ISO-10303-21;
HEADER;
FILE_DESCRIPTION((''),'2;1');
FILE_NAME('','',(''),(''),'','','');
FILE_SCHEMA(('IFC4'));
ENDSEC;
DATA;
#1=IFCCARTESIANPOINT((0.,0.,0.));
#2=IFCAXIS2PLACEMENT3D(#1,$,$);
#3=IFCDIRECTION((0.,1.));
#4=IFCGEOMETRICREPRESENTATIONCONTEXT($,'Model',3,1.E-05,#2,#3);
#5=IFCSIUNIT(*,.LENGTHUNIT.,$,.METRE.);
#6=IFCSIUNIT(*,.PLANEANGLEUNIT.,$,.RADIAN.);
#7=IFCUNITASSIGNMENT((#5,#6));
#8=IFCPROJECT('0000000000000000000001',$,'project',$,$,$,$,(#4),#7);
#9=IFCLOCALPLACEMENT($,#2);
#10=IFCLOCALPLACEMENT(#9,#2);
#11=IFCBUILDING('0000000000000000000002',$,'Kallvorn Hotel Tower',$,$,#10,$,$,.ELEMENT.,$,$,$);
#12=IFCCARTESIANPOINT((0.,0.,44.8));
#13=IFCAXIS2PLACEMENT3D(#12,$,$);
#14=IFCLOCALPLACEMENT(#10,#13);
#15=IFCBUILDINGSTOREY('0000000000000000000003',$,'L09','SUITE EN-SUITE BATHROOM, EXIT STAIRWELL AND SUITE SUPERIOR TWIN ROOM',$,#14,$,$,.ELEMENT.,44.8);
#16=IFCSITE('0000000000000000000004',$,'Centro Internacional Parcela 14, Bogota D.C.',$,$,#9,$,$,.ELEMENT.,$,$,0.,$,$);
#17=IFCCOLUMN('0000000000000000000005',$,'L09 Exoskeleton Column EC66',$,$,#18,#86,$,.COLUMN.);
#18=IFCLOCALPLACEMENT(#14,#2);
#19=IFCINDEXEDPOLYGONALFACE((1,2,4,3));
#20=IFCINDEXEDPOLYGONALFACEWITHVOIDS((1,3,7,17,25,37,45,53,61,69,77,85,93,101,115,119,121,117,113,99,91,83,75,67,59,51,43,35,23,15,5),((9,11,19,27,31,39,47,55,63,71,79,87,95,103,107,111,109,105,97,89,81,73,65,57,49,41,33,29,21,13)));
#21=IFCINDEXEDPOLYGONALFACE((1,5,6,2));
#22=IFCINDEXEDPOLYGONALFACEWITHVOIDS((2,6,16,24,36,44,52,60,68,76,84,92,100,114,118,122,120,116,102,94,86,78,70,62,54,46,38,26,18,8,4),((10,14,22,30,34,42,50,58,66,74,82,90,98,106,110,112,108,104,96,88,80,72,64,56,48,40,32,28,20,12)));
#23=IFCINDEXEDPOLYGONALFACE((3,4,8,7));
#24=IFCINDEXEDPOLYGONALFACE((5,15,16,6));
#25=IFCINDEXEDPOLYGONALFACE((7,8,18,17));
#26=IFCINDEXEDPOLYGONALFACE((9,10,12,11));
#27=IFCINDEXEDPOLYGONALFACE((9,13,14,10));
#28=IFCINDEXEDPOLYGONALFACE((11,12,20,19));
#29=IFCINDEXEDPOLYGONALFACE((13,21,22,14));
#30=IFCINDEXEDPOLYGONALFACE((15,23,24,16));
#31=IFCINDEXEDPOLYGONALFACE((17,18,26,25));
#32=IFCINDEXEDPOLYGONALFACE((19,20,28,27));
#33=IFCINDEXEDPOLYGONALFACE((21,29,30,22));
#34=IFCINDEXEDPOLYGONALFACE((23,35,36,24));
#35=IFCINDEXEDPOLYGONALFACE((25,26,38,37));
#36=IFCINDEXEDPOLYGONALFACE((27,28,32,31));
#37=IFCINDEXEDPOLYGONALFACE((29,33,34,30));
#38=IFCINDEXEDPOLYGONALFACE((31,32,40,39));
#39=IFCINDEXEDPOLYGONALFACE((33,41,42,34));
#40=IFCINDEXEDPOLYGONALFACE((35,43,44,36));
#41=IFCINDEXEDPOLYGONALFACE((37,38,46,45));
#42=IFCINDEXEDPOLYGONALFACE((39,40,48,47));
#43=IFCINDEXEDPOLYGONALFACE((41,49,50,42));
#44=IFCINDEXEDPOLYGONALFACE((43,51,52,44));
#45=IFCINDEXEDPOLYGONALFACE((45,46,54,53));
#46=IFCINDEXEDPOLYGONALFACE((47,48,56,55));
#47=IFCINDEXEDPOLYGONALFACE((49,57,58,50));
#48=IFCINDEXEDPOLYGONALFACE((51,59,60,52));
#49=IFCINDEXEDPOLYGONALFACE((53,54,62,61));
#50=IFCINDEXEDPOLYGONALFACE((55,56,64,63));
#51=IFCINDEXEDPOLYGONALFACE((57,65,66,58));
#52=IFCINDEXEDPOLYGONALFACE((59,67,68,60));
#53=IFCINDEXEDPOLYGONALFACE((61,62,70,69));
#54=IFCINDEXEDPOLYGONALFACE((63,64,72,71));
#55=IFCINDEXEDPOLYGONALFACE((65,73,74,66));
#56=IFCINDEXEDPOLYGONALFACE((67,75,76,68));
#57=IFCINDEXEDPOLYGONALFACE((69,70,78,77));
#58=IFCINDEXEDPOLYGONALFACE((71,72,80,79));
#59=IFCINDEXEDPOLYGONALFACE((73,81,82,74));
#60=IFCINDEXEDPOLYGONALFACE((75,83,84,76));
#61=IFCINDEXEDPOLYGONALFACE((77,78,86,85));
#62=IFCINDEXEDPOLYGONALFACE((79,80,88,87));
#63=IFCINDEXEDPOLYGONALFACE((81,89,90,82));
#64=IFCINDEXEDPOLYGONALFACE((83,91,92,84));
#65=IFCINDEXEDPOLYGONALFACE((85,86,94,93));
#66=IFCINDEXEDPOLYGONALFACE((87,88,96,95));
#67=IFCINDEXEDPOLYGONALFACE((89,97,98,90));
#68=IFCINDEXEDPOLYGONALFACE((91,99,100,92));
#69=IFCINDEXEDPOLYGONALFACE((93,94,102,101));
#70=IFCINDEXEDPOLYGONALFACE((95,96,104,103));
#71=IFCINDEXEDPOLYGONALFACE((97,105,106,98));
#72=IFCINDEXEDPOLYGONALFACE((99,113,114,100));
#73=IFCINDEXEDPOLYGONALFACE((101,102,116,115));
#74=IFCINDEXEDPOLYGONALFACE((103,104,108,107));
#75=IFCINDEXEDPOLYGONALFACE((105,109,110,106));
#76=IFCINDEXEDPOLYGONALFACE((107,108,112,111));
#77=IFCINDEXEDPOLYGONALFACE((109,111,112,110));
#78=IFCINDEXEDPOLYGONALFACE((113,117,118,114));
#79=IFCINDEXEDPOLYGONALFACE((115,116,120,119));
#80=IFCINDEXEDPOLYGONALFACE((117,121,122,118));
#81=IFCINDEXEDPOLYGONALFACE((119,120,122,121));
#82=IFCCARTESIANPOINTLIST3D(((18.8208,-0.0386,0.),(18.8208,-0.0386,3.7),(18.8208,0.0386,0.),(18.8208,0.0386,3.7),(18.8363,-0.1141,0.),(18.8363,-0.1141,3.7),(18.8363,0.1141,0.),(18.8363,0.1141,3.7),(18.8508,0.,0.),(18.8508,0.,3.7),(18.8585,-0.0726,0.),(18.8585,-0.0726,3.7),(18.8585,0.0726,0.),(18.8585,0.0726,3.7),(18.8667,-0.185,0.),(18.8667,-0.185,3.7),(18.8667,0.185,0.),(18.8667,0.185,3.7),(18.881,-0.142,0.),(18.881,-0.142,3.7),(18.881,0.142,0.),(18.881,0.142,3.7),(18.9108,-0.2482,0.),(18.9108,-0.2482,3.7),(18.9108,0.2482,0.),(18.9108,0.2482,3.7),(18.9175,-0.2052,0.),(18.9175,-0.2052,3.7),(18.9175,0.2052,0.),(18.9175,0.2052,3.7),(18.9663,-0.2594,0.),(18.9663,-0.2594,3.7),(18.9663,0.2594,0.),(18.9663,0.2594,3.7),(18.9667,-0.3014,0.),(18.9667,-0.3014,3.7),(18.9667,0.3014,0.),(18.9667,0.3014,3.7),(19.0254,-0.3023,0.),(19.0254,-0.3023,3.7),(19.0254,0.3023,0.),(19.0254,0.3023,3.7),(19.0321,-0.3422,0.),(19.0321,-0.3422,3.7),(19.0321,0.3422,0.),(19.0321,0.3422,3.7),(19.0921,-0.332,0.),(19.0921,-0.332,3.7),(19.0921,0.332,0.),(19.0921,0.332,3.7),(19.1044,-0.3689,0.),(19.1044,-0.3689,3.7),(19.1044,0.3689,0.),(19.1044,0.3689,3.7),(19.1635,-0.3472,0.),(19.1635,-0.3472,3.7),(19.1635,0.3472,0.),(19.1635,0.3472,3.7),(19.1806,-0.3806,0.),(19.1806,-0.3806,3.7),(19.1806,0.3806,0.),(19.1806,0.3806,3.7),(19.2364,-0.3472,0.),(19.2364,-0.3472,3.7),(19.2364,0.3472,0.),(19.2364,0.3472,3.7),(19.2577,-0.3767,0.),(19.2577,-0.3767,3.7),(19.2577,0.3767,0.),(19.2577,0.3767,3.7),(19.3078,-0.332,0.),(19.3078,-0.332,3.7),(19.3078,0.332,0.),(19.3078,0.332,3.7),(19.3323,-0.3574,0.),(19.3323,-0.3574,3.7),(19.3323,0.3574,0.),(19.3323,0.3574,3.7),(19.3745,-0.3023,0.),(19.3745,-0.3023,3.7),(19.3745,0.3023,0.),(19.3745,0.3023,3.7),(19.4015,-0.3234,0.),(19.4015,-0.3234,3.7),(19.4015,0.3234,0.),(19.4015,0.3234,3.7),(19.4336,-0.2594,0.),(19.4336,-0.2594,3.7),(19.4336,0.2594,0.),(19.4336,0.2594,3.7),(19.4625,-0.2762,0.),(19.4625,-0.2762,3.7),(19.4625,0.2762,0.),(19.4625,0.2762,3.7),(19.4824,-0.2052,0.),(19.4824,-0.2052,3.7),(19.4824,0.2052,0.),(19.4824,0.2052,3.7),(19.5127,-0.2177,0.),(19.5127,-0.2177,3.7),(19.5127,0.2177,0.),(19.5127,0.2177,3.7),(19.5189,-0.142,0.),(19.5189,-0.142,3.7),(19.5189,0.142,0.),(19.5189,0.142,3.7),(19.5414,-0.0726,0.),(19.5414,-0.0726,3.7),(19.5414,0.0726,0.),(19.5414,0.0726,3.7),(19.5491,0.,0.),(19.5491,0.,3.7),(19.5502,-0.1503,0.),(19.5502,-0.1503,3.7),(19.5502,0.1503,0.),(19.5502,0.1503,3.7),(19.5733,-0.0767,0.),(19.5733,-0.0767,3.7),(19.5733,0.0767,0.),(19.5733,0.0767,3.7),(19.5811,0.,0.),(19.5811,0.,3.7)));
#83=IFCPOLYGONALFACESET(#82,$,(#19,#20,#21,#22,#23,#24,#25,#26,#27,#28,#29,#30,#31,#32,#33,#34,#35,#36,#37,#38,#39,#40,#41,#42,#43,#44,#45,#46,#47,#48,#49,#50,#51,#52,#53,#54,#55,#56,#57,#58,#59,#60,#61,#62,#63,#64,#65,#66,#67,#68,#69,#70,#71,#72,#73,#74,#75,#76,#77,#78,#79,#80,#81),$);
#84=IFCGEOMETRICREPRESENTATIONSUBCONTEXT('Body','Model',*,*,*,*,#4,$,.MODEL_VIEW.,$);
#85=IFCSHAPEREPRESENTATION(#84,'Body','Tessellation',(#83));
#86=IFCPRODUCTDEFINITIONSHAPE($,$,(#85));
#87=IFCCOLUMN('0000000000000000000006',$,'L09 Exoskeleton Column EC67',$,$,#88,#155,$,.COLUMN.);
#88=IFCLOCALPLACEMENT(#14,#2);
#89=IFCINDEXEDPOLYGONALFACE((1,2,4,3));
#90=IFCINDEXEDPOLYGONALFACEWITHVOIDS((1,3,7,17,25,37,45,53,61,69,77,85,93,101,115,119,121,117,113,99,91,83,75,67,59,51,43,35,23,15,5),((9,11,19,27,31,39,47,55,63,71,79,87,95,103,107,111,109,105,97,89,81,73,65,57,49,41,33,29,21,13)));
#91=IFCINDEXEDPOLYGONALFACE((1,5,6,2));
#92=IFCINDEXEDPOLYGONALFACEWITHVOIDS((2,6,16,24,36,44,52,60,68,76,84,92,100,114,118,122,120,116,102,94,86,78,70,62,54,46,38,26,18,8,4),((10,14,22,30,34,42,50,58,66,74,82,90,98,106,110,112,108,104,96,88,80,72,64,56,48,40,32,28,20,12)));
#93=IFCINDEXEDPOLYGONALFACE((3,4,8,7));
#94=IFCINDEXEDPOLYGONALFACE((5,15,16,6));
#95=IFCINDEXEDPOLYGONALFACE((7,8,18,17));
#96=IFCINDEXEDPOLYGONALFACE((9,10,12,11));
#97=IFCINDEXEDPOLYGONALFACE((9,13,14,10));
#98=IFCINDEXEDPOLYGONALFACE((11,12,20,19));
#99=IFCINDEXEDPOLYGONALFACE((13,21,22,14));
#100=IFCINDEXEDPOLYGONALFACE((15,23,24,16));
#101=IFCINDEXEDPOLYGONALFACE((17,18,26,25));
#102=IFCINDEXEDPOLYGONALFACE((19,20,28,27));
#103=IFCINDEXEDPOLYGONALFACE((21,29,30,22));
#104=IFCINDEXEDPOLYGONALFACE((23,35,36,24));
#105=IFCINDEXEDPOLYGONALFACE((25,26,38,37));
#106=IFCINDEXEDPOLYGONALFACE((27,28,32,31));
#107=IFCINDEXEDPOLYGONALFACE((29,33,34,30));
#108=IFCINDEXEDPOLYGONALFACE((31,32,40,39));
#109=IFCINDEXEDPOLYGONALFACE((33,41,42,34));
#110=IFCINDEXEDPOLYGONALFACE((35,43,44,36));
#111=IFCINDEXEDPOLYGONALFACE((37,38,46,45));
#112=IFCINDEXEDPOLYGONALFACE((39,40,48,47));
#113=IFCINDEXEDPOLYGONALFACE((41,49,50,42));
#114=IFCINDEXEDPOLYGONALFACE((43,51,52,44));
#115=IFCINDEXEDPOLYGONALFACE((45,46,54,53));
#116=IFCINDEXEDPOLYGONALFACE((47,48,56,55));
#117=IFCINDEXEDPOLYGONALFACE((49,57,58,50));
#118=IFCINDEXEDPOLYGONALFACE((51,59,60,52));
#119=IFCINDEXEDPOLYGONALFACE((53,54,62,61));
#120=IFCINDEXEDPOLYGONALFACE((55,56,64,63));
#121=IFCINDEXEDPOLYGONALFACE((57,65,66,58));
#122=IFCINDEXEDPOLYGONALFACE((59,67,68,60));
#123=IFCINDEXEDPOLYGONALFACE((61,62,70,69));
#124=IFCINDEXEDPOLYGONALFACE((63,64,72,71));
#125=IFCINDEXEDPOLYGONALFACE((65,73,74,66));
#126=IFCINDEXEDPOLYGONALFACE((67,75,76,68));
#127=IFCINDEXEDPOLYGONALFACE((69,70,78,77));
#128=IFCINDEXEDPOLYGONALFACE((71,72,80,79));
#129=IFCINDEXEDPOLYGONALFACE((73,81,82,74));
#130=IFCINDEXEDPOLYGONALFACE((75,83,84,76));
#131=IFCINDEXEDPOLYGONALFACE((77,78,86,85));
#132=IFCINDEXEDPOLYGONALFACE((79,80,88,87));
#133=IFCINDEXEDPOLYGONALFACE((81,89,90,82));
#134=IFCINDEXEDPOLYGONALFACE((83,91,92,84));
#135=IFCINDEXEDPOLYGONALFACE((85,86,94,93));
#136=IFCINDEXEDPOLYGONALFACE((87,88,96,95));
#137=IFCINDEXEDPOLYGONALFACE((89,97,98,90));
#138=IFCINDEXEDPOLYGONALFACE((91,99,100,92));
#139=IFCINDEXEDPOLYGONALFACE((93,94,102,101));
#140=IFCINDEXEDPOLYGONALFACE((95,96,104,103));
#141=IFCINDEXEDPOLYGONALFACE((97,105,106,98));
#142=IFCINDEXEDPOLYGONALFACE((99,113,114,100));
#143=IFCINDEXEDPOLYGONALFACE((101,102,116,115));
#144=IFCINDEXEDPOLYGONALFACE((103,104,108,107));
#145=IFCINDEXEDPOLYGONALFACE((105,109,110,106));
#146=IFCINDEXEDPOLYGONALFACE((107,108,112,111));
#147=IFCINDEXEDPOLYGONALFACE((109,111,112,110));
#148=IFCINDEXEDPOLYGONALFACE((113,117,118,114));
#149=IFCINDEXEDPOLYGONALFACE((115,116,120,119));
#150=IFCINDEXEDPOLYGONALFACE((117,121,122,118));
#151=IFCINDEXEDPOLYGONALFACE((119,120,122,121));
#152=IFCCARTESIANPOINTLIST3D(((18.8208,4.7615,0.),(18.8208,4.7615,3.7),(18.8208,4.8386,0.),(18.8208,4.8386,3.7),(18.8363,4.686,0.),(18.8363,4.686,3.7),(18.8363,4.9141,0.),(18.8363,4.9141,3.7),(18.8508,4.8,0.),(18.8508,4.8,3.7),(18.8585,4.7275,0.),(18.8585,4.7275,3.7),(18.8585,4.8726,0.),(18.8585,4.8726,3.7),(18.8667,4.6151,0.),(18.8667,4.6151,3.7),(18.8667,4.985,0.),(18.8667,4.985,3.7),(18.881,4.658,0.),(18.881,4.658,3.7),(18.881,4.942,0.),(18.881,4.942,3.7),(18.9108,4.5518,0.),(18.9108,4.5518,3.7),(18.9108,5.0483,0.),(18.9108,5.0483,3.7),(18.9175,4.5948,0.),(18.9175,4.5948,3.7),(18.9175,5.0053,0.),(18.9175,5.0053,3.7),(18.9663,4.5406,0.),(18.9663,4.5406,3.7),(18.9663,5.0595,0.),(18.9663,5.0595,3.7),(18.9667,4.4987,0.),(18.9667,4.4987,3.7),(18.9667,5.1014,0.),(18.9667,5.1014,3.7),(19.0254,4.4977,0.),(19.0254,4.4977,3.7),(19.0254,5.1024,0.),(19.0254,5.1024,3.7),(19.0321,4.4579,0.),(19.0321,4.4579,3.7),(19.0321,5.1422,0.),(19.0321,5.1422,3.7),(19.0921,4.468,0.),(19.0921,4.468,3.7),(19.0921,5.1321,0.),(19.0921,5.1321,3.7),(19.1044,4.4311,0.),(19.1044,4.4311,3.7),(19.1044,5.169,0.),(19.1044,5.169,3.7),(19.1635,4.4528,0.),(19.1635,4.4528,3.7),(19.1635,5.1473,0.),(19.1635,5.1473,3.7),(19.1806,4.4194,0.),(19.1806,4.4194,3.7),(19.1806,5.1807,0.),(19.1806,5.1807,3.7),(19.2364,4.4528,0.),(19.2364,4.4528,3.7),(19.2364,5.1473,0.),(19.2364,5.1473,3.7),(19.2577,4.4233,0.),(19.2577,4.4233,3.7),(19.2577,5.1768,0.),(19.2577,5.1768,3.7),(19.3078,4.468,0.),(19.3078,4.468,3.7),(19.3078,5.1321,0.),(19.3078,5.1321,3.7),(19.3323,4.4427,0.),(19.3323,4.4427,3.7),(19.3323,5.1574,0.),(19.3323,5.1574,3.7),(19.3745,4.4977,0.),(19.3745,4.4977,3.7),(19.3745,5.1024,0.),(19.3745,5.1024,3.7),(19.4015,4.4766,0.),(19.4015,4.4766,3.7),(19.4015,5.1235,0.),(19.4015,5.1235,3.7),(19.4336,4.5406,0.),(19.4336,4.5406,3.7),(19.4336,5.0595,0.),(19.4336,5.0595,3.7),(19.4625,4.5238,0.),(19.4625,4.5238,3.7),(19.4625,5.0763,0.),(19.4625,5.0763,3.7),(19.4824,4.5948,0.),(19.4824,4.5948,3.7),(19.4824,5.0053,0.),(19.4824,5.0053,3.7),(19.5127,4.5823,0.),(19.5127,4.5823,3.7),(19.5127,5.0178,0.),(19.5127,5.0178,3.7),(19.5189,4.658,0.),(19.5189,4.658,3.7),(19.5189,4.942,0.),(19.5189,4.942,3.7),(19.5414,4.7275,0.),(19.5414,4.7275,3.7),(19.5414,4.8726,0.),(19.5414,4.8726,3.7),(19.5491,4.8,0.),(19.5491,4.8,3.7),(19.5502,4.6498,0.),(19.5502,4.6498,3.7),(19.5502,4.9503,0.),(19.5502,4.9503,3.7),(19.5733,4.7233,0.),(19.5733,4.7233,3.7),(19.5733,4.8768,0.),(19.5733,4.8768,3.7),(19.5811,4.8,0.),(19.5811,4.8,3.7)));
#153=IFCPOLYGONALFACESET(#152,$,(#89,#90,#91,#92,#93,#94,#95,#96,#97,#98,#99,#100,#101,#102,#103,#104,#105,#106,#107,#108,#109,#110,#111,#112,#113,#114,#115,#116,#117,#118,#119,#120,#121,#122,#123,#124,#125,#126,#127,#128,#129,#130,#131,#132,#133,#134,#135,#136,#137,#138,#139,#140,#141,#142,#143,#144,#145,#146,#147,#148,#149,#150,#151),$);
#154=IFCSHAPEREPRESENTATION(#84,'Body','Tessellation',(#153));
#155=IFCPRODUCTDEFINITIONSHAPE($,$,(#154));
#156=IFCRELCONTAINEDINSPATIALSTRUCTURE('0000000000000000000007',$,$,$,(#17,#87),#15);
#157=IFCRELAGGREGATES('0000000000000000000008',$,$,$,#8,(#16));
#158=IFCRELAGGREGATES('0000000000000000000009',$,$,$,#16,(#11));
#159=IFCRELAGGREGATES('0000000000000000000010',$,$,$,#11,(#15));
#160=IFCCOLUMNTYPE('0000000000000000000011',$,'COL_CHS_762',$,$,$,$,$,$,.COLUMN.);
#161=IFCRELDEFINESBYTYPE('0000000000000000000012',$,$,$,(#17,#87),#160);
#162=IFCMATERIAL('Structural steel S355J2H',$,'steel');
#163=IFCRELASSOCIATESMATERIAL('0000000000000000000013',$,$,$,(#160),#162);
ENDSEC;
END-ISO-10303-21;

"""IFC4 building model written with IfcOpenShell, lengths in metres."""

from ifc_helpers import new_model, si_unit, direction, frame, origin, origin_2d, place, context, subcontext, project, spatial, hollow_circle, extrude, material, material_profile, profile_set, type_object, element, save


model = new_model("IFC4")

# Units and contexts
model_context = context("Model", 3, precision=1e-05, world=origin(), true_north=direction((0.0, 1.0)))
body_context = subcontext(model_context, "Body", "Model", "MODEL_VIEW")
ifc_project = project(units=[si_unit("LENGTHUNIT", "METRE"), si_unit("PLANEANGLEUNIT", "RADIAN")], contexts=[model_context])

# Site, building, storey
site_placement = place(None, origin())
site = spatial("IfcSite", under=ifc_project, at=site_placement, Name="Centro Internacional Parcela 14, Bogota D.C.", CompositionType="ELEMENT", RefElevation=0.0)
building_placement = place(site_placement, origin())
building = spatial("IfcBuilding", under=site, at=building_placement, Name="Kallvorn Hotel Tower", CompositionType="ELEMENT")
storey_placement = place(building_placement, frame((0.0, 0.0, 44.8)))
storey = spatial("IfcBuildingStorey", under=building, at=storey_placement, Name="L09", Description="SUITE EN-SUITE BATHROOM, EXIT STAIRWELL AND SUITE SUPERIOR TWIN ROOM", CompositionType="ELEMENT", Elevation=44.8)

# Columns
ifc_material_1 = material(Name="Structural steel S355J2H", Category="steel")
ifc_material_profile_1 = material_profile(ifc_material_1, hollow_circle(Radius=0.3811, WallThickness=0.032, at=origin_2d()), Name="CHS 762x32")
ifc_profile_set_1 = profile_set([ifc_material_profile_1], Name="Structural steel S355J2H")
column_type_1 = type_object("IfcColumnType", Name="COL_CHS_762", PredefinedType="COLUMN", material=ifc_profile_set_1)
for number, where, z_axis, x_axis, name in (
    (1, (19.2, 0.0, 0.0), (0.0, 0.0, 1.0), (1.0, 0.0, 0.0), "L09 Exoskeleton Column EC66"),
    (2, (19.2, 4.8, 0.0), (0.0, 0.0, 1.0), (1.0, 0.0, 0.0), "L09 Exoskeleton Column EC67"),
):
    element("IfcColumn", number, at=place(storey_placement, frame(where, z_axis=z_axis, x_axis=x_axis)), inside=storey, type_object=column_type_1, Name=name, PredefinedType="COLUMN", context=body_context, shape_type="SweptSolid", body=[
        extrude(hollow_circle(Radius=0.3811, WallThickness=0.032, at=origin_2d()), origin(), (0.0, 0.0, 1.0), 3.7),
    ])

save(model, "model.ifc")
